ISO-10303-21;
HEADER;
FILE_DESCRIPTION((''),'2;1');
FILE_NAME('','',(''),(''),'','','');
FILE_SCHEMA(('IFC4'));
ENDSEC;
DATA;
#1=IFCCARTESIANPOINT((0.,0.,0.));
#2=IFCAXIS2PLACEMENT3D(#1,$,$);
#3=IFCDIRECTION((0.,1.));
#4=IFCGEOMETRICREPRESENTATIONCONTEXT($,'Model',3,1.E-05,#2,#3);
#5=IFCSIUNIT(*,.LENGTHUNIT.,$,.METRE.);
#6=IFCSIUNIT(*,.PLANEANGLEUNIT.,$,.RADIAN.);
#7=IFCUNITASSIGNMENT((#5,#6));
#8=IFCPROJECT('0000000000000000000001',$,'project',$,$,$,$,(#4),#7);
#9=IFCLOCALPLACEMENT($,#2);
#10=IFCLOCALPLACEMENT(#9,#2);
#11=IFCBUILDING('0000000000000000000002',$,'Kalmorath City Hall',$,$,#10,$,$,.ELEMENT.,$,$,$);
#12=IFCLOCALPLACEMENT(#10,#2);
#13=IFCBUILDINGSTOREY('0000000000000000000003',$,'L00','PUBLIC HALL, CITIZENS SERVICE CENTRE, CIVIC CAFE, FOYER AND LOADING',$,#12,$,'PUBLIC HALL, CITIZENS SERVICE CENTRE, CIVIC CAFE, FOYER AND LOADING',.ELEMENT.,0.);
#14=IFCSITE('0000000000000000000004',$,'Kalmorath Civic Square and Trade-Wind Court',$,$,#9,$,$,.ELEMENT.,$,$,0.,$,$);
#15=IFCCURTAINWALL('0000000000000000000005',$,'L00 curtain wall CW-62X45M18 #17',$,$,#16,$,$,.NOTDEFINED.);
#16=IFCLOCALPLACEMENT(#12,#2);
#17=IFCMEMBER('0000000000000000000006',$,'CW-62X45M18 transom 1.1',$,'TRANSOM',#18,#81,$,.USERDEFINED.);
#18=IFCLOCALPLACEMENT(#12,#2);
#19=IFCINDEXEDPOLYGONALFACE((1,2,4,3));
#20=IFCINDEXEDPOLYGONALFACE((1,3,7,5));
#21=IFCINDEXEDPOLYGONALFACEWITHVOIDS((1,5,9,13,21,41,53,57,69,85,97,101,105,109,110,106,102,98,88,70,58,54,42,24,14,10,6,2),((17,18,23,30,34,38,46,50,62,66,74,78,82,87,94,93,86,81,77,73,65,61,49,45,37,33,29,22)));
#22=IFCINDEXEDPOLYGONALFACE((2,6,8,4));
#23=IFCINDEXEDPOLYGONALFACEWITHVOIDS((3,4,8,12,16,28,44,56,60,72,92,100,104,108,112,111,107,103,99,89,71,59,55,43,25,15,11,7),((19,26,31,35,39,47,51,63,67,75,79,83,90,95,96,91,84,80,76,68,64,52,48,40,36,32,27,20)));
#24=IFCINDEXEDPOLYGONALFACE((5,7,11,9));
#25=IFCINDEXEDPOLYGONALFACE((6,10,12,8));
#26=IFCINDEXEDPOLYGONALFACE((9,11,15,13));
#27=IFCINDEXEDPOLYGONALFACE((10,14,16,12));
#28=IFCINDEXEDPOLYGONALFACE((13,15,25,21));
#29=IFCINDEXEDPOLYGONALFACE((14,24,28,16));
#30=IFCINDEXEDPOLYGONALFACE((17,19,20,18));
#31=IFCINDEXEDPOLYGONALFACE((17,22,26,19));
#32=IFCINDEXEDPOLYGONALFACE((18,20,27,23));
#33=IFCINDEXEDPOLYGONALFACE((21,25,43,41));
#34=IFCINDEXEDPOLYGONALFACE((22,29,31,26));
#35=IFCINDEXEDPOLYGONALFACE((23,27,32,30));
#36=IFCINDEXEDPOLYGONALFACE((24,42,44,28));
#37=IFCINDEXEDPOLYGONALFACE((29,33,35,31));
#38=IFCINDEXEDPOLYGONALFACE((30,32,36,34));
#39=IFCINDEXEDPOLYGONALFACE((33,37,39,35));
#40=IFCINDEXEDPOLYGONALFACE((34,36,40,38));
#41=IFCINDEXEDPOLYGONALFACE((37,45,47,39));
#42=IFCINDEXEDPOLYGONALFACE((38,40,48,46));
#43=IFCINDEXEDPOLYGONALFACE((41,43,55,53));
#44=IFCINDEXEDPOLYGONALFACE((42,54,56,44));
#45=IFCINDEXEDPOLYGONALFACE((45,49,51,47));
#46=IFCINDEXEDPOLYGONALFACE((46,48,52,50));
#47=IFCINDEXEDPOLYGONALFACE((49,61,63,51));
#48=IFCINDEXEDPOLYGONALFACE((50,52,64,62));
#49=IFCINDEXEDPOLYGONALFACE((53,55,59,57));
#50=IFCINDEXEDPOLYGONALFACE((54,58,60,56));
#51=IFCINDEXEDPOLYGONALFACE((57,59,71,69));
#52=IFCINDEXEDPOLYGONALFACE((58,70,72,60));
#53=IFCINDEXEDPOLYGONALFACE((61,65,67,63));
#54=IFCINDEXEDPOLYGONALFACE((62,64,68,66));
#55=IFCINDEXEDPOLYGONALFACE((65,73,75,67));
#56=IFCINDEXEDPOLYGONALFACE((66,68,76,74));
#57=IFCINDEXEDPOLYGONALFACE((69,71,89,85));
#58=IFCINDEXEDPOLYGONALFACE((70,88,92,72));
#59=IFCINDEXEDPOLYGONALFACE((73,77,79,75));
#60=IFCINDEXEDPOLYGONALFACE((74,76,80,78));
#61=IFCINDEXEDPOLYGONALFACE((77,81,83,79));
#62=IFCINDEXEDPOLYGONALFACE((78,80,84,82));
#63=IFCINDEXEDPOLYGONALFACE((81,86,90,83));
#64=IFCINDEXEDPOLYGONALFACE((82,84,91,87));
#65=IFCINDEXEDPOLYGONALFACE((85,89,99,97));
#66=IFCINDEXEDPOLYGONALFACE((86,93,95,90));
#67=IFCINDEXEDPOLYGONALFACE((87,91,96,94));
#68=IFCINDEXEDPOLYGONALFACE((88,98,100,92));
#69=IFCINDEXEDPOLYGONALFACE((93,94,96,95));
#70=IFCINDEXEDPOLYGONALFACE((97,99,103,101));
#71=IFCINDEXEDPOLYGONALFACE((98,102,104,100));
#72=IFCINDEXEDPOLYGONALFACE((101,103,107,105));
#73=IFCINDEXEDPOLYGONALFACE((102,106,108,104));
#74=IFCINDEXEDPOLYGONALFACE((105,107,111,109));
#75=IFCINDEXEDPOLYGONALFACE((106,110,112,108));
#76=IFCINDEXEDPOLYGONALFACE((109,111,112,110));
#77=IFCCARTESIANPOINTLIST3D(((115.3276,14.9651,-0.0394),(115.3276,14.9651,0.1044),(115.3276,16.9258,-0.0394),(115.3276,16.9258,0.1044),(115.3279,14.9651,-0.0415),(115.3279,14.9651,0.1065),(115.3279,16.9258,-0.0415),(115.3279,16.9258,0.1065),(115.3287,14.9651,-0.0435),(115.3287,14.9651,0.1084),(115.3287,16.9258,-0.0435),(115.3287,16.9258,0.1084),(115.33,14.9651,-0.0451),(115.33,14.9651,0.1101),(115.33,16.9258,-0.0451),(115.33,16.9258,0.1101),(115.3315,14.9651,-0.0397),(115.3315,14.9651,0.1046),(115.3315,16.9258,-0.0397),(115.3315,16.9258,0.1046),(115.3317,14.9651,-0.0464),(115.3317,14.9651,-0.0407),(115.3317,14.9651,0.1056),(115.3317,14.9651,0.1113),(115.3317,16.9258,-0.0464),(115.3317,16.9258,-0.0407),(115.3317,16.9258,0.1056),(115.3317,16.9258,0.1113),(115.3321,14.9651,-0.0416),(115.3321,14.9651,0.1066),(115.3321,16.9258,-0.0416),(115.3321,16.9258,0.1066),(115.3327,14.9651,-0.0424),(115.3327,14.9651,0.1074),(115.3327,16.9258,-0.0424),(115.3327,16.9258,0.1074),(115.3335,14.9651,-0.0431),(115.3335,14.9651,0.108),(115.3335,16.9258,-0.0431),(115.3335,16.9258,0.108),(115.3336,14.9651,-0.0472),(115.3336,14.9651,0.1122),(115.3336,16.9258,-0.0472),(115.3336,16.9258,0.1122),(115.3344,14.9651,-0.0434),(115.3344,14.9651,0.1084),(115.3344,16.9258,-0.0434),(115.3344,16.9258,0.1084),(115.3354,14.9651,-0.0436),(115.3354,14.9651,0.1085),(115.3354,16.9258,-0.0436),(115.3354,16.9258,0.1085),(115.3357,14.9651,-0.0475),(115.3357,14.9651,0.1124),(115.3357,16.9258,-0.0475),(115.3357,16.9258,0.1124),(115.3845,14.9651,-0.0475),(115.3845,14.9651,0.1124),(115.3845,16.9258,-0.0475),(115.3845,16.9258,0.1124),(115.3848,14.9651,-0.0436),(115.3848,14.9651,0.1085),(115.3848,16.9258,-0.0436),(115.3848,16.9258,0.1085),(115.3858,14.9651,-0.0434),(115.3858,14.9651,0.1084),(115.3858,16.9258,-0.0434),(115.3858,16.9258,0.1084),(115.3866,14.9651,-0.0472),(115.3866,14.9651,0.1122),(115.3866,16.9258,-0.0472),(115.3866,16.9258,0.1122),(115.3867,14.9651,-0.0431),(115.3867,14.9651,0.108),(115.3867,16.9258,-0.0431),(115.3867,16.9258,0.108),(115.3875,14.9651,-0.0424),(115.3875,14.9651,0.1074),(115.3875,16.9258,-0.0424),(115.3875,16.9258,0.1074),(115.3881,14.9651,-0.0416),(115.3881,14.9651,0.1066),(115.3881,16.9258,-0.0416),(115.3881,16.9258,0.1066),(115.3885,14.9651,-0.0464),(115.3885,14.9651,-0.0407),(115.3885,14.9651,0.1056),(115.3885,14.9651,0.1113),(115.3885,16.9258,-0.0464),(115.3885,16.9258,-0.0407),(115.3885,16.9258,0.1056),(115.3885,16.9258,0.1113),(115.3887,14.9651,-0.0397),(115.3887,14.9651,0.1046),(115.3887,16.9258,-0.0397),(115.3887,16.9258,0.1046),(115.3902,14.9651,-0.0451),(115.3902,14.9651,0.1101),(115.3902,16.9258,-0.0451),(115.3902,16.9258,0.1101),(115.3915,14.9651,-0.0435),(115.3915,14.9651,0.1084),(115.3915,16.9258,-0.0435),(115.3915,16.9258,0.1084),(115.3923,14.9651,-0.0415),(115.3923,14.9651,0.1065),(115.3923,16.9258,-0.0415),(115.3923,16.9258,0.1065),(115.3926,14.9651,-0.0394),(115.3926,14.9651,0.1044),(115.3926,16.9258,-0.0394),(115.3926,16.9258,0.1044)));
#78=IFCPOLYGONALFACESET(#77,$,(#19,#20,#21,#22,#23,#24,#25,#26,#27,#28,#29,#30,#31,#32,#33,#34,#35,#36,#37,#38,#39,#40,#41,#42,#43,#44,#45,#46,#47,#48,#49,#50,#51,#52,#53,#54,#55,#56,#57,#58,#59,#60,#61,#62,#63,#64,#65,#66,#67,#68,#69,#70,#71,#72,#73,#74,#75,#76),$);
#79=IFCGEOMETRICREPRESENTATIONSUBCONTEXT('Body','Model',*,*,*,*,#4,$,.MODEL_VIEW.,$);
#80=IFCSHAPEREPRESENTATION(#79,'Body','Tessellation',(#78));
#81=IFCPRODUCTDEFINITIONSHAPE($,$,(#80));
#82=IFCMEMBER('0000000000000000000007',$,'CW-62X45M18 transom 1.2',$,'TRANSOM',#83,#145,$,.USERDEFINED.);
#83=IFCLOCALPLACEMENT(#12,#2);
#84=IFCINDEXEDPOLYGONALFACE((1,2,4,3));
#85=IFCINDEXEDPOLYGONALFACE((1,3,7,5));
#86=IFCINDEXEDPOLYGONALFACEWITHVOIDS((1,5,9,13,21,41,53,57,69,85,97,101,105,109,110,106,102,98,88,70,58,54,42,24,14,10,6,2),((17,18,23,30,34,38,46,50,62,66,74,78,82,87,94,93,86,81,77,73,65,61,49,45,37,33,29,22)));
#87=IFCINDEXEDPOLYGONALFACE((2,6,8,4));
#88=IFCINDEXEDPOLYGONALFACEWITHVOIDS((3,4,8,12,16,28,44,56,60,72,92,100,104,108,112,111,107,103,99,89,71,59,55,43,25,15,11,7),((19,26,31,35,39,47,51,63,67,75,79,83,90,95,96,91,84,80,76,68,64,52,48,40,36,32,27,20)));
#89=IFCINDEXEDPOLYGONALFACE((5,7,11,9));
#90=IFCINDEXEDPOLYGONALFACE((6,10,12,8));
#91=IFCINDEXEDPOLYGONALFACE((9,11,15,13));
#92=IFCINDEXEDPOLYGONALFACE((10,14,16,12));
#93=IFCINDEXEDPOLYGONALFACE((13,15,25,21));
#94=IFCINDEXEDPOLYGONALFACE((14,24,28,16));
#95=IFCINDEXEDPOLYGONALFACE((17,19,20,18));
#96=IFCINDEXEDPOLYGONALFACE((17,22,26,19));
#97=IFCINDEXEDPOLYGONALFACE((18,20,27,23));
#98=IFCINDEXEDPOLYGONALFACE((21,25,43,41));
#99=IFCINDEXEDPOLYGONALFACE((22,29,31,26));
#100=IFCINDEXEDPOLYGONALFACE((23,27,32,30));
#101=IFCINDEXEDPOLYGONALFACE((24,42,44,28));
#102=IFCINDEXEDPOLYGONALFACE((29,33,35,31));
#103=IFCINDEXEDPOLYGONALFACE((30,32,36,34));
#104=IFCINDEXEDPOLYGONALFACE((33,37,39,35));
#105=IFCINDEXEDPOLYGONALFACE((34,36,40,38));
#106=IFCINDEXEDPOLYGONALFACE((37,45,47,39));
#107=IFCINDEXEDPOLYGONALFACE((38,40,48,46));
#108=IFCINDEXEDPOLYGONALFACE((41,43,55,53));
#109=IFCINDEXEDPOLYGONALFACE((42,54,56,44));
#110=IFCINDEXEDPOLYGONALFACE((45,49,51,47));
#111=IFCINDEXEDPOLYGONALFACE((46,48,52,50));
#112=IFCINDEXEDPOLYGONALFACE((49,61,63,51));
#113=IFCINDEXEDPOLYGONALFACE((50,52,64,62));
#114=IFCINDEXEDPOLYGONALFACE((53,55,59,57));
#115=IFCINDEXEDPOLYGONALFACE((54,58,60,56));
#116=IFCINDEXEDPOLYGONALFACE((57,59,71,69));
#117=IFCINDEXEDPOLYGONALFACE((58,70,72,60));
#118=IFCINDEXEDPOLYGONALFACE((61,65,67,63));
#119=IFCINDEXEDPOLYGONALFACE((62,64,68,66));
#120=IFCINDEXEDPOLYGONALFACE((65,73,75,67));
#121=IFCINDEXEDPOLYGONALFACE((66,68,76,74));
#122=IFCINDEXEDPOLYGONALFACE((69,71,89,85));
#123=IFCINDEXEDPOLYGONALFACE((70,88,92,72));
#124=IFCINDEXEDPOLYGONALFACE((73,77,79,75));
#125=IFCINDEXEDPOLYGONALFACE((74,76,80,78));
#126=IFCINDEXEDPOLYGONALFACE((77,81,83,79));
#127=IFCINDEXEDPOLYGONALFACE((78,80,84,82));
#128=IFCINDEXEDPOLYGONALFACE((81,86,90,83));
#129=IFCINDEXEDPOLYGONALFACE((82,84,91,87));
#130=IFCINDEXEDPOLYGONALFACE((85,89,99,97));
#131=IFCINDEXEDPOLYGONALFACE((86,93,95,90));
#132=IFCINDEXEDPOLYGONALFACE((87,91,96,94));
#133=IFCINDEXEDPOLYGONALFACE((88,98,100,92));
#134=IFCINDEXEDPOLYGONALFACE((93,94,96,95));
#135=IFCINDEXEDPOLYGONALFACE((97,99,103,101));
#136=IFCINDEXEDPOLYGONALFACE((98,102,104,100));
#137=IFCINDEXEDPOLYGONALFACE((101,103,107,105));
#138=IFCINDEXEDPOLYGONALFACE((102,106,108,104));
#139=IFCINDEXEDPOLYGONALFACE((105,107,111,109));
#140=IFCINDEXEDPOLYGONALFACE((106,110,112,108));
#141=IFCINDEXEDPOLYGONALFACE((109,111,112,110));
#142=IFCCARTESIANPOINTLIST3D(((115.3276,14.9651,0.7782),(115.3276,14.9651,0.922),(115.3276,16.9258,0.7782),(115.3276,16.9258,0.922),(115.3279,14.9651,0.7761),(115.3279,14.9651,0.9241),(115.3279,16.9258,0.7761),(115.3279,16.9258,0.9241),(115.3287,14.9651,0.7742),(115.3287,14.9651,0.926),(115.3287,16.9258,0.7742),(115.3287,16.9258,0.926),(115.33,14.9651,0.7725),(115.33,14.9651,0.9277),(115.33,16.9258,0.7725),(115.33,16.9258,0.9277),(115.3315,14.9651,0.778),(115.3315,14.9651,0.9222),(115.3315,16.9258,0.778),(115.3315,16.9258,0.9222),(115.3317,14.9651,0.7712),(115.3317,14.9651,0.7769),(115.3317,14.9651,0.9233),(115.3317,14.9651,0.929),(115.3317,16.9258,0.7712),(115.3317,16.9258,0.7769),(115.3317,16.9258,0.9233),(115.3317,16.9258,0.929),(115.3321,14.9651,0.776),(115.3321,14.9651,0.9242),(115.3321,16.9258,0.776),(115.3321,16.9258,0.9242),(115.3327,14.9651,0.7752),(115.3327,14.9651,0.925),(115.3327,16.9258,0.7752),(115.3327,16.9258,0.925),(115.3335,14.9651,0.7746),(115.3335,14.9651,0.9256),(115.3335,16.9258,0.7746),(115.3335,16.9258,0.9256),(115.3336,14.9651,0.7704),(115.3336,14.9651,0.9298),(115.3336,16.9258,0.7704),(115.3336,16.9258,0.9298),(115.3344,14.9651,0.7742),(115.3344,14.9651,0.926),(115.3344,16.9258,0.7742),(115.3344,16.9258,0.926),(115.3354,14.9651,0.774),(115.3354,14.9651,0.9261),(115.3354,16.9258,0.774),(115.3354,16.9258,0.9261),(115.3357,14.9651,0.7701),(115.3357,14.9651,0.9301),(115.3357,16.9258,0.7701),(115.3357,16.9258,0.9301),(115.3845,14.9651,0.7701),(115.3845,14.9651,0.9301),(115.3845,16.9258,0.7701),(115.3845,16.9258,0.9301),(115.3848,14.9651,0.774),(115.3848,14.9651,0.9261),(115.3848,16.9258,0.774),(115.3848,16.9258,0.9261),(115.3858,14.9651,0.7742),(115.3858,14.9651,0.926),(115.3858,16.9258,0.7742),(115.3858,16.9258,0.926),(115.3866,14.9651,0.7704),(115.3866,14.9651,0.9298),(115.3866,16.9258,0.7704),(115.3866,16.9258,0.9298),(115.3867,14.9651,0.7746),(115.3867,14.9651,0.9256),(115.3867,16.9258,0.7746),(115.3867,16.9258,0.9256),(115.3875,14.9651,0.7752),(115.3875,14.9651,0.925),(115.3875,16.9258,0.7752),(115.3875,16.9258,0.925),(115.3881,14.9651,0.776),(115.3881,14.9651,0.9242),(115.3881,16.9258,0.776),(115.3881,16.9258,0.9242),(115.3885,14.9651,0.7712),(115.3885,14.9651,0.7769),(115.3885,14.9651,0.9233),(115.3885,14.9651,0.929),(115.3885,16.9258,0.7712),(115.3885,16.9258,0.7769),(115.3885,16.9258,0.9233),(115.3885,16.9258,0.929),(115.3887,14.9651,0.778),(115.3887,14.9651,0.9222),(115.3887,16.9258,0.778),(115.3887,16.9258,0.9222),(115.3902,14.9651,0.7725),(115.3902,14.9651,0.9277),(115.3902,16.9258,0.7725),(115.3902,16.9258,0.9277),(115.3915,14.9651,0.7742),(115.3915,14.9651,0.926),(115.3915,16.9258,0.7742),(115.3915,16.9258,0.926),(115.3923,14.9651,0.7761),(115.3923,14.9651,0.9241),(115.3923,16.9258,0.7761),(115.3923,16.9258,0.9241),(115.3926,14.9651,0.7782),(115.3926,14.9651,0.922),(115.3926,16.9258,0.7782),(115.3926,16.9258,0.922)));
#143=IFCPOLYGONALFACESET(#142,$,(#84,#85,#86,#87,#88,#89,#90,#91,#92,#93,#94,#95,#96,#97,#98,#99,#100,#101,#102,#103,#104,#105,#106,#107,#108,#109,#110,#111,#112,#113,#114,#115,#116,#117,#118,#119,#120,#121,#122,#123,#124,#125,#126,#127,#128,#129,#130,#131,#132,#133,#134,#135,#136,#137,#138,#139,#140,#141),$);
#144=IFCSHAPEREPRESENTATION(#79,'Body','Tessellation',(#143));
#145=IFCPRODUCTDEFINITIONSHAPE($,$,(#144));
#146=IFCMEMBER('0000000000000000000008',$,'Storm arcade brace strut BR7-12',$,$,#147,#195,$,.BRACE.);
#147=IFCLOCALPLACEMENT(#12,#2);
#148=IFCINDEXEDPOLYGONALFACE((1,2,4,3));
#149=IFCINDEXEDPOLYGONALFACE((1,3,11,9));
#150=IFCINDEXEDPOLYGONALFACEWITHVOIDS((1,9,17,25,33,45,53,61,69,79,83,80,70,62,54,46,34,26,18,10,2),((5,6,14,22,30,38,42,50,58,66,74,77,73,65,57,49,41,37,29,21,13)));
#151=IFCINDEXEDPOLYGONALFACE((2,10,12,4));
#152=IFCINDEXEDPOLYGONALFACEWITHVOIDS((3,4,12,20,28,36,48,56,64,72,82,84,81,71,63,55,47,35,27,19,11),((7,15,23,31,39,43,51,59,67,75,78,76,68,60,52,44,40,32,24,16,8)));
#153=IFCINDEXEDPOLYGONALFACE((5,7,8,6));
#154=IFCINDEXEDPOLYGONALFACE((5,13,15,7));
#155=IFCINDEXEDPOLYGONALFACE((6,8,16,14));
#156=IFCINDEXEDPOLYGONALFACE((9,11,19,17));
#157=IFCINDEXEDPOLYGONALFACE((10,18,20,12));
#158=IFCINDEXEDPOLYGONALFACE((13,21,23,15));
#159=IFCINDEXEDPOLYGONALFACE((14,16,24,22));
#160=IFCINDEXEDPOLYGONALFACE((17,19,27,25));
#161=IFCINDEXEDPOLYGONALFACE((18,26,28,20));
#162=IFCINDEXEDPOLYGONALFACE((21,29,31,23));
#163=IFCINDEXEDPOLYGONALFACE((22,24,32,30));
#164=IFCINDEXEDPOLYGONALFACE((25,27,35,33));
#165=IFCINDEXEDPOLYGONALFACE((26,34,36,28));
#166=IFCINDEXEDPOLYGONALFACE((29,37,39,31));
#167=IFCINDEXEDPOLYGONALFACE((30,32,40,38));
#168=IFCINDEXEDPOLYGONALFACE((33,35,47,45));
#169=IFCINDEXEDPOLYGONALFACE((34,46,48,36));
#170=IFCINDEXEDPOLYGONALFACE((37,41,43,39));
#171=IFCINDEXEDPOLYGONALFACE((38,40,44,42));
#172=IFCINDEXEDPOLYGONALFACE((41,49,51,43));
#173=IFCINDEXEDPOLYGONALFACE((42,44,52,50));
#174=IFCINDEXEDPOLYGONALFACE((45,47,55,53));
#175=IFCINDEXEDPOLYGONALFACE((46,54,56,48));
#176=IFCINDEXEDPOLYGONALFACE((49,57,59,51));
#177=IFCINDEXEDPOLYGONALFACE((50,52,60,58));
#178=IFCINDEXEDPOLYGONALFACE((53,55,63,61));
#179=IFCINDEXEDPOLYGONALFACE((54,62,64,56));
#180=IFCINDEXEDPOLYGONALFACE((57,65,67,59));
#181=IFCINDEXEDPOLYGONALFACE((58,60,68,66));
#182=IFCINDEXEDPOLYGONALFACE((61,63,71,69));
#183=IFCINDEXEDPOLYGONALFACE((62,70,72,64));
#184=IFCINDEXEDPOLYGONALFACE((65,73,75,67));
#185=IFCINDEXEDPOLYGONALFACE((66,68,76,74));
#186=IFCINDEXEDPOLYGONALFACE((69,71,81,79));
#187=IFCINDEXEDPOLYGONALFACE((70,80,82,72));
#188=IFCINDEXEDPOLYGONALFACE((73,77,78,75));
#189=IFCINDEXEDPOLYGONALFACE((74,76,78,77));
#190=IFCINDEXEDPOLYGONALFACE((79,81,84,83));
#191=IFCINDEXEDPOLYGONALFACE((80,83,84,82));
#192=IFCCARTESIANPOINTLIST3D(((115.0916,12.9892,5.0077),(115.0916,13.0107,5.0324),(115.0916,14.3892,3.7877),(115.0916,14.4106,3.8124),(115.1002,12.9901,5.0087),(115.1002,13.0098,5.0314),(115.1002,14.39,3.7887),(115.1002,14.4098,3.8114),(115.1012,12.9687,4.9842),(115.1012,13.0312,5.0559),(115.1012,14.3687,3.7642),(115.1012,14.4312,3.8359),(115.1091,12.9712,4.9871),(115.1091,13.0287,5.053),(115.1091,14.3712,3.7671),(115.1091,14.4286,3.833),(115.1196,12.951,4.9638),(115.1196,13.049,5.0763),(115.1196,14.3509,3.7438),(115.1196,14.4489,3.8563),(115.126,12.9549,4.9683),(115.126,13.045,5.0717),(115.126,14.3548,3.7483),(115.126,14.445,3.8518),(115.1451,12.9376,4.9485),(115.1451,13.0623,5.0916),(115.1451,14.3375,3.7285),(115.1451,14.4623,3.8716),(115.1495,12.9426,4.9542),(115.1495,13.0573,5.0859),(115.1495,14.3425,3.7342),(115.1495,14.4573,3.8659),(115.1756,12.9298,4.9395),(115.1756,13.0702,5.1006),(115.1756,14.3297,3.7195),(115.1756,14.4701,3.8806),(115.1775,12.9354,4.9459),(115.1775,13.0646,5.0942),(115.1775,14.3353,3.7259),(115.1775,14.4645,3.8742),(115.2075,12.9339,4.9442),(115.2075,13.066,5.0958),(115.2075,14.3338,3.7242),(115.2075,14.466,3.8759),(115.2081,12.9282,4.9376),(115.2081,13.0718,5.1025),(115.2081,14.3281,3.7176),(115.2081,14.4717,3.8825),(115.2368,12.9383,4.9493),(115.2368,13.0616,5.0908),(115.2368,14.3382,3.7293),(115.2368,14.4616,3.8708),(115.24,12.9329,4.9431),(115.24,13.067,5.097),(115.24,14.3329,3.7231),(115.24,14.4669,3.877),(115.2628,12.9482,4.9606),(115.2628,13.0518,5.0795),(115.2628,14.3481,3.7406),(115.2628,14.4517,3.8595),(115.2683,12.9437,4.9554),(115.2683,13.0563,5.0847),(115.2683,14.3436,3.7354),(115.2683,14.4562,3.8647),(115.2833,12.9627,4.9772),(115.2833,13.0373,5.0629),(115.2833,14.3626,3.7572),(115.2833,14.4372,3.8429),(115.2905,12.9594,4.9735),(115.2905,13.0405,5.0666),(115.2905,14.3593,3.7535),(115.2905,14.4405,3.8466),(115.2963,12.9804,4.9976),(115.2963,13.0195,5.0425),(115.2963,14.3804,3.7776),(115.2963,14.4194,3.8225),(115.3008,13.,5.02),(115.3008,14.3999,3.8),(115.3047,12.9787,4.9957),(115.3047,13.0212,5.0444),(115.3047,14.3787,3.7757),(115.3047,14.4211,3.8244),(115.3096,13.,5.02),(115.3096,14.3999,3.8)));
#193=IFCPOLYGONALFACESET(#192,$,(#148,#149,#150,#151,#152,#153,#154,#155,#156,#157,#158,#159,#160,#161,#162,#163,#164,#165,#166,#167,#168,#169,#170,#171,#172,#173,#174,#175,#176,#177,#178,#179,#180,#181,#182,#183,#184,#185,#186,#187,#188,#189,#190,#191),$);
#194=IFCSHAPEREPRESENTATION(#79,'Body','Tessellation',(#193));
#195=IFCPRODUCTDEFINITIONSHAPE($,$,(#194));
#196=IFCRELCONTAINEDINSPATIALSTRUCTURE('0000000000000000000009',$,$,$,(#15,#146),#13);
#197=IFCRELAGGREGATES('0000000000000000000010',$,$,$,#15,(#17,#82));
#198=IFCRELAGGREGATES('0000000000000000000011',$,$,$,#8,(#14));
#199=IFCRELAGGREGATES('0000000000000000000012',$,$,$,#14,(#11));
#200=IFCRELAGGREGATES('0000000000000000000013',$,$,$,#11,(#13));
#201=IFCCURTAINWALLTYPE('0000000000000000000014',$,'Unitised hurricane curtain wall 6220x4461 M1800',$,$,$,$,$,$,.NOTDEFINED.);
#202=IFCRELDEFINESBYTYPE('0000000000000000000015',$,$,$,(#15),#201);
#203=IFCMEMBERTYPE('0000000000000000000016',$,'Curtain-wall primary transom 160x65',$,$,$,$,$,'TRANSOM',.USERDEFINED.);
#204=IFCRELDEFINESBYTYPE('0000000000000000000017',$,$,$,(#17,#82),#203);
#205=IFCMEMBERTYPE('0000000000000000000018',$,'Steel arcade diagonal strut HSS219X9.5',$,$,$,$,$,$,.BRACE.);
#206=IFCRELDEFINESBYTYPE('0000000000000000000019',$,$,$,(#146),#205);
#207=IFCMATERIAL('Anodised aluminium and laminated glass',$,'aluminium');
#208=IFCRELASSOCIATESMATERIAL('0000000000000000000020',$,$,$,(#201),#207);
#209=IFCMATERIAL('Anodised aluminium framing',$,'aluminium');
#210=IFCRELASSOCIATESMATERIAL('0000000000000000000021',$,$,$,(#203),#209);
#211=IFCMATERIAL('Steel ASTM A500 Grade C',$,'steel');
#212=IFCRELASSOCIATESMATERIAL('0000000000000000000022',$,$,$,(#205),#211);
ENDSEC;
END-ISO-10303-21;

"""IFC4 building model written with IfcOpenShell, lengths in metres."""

from ifc_helpers import new_model, si_unit, direction, frame, origin, origin_2d, place, context, subcontext, project, spatial, hollow_rectangle, hollow_circle, extrude, material, material_profile, profile_set, type_object, element, aggregate, save


model = new_model("IFC4")

# Units and contexts
model_context = context("Model", 3, precision=1e-05, world=origin(), true_north=direction((0.0, 1.0)))
body_context = subcontext(model_context, "Body", "Model", "MODEL_VIEW")
ifc_project = project(units=[si_unit("LENGTHUNIT", "METRE"), si_unit("PLANEANGLEUNIT", "RADIAN")], contexts=[model_context])

# Site, building, storey
site_placement = place(None, origin())
site = spatial("IfcSite", under=ifc_project, at=site_placement, Name="Kalmorath Civic Square and Trade-Wind Court", CompositionType="ELEMENT", RefElevation=0.0)
building_placement = place(site_placement, origin())
building = spatial("IfcBuilding", under=site, at=building_placement, Name="Kalmorath City Hall", CompositionType="ELEMENT")
storey_placement = place(building_placement, origin())
storey = spatial("IfcBuildingStorey", under=building, at=storey_placement, Name="L00", Description="PUBLIC HALL, CITIZENS SERVICE CENTRE, CIVIC CAFE, FOYER AND LOADING", LongName="PUBLIC HALL, CITIZENS SERVICE CENTRE, CIVIC CAFE, FOYER AND LOADING", CompositionType="ELEMENT", Elevation=0.0)

# Shared definitions
ifc_material_1 = material(Name="Anodised aluminium and laminated glass", Category="aluminium")
curtain_wall_type = type_object("IfcCurtainWallType", Name="Unitised hurricane curtain wall 6220x4461 M1800", PredefinedType="NOTDEFINED", material=ifc_material_1)

# Curtain wall
curtain_wall_1_placement = place(storey_placement, origin())
curtain_wall_1 = element("IfcCurtainWall", 1, at=curtain_wall_1_placement, inside=storey, type_object=curtain_wall_type, Name="L00 curtain wall CW-62X45M18 #17", PredefinedType="NOTDEFINED")

# Members
ifc_material_2 = material(Name="Anodised aluminium framing", Category="aluminium")
ifc_material_profile_1 = material_profile(ifc_material_2, hollow_rectangle(XDim=0.0649, YDim=0.1599, WallThickness=0.0039, InnerFilletRadius=0.0039, OuterFilletRadius=0.0081, at=origin_2d()), Name="ALU-TRN-160X65X4")
ifc_profile_set_1 = profile_set([ifc_material_profile_1], Name="Anodised aluminium framing")
member_type_1 = type_object("IfcMemberType", Name="Curtain-wall primary transom 160x65", ElementType="TRANSOM", PredefinedType="USERDEFINED", material=ifc_profile_set_1)
member_1_placement = place(storey_placement, frame((115.3601, 14.9651, 0.0325), z_axis=(0.0, 1.0, 0.0), x_axis=(-1.0, 0.0, 0.0)))
member_1 = element("IfcMember", 2, at=member_1_placement, type_object=member_type_1, Name="CW-62X45M18 transom 1.1", ObjectType="TRANSOM", PredefinedType="USERDEFINED", context=body_context, shape_type="SweptSolid", body=[
    extrude(hollow_rectangle(XDim=0.0649, YDim=0.1599, WallThickness=0.0039, InnerFilletRadius=0.0039, OuterFilletRadius=0.0081, at=origin_2d()), origin(), (0.0, 0.0, 1.0), 1.9607),
])
member_2_placement = place(storey_placement, frame((115.3601, 14.9651, 0.8501), z_axis=(0.0, 1.0, 0.0), x_axis=(-1.0, 0.0, 0.0)))
member_2 = element("IfcMember", 3, at=member_2_placement, type_object=member_type_1, Name="CW-62X45M18 transom 1.2", ObjectType="TRANSOM", PredefinedType="USERDEFINED", context=body_context, shape_type="SweptSolid", body=[
    extrude(hollow_rectangle(XDim=0.0649, YDim=0.1599, WallThickness=0.0039, InnerFilletRadius=0.0039, OuterFilletRadius=0.0081, at=origin_2d()), origin(), (0.0, 0.0, 1.0), 1.9607),
])
aggregate(curtain_wall_1, [member_1, member_2])
ifc_material_3 = material(Name="Steel ASTM A500 Grade C", Category="steel")
ifc_material_profile_2 = material_profile(ifc_material_3, hollow_circle(Radius=0.1096, WallThickness=0.0088, at=origin_2d()), Name="HSS219X9.5")
ifc_profile_set_2 = profile_set([ifc_material_profile_2], Name="Steel ASTM A500 Grade C")
member_type_2 = type_object("IfcMemberType", Name="Steel arcade diagonal strut HSS219X9.5", PredefinedType="BRACE", material=ifc_profile_set_2)
member_3_placement = place(storey_placement, frame((115.2, 14.3999, 3.8), z_axis=(0.0, -0.753895, 0.656995), x_axis=(1.0, 0.0, 0.0)))
element("IfcMember", 4, at=member_3_placement, inside=storey, type_object=member_type_2, Name="Storm arcade brace strut BR7-12", PredefinedType="BRACE", context=body_context, shape_type="SweptSolid", body=[
    extrude(hollow_circle(Radius=0.1096, WallThickness=0.0088, at=origin_2d()), origin(), (0.0, 0.0, 1.0), 1.8569),
])

save(model, "model.ifc")
